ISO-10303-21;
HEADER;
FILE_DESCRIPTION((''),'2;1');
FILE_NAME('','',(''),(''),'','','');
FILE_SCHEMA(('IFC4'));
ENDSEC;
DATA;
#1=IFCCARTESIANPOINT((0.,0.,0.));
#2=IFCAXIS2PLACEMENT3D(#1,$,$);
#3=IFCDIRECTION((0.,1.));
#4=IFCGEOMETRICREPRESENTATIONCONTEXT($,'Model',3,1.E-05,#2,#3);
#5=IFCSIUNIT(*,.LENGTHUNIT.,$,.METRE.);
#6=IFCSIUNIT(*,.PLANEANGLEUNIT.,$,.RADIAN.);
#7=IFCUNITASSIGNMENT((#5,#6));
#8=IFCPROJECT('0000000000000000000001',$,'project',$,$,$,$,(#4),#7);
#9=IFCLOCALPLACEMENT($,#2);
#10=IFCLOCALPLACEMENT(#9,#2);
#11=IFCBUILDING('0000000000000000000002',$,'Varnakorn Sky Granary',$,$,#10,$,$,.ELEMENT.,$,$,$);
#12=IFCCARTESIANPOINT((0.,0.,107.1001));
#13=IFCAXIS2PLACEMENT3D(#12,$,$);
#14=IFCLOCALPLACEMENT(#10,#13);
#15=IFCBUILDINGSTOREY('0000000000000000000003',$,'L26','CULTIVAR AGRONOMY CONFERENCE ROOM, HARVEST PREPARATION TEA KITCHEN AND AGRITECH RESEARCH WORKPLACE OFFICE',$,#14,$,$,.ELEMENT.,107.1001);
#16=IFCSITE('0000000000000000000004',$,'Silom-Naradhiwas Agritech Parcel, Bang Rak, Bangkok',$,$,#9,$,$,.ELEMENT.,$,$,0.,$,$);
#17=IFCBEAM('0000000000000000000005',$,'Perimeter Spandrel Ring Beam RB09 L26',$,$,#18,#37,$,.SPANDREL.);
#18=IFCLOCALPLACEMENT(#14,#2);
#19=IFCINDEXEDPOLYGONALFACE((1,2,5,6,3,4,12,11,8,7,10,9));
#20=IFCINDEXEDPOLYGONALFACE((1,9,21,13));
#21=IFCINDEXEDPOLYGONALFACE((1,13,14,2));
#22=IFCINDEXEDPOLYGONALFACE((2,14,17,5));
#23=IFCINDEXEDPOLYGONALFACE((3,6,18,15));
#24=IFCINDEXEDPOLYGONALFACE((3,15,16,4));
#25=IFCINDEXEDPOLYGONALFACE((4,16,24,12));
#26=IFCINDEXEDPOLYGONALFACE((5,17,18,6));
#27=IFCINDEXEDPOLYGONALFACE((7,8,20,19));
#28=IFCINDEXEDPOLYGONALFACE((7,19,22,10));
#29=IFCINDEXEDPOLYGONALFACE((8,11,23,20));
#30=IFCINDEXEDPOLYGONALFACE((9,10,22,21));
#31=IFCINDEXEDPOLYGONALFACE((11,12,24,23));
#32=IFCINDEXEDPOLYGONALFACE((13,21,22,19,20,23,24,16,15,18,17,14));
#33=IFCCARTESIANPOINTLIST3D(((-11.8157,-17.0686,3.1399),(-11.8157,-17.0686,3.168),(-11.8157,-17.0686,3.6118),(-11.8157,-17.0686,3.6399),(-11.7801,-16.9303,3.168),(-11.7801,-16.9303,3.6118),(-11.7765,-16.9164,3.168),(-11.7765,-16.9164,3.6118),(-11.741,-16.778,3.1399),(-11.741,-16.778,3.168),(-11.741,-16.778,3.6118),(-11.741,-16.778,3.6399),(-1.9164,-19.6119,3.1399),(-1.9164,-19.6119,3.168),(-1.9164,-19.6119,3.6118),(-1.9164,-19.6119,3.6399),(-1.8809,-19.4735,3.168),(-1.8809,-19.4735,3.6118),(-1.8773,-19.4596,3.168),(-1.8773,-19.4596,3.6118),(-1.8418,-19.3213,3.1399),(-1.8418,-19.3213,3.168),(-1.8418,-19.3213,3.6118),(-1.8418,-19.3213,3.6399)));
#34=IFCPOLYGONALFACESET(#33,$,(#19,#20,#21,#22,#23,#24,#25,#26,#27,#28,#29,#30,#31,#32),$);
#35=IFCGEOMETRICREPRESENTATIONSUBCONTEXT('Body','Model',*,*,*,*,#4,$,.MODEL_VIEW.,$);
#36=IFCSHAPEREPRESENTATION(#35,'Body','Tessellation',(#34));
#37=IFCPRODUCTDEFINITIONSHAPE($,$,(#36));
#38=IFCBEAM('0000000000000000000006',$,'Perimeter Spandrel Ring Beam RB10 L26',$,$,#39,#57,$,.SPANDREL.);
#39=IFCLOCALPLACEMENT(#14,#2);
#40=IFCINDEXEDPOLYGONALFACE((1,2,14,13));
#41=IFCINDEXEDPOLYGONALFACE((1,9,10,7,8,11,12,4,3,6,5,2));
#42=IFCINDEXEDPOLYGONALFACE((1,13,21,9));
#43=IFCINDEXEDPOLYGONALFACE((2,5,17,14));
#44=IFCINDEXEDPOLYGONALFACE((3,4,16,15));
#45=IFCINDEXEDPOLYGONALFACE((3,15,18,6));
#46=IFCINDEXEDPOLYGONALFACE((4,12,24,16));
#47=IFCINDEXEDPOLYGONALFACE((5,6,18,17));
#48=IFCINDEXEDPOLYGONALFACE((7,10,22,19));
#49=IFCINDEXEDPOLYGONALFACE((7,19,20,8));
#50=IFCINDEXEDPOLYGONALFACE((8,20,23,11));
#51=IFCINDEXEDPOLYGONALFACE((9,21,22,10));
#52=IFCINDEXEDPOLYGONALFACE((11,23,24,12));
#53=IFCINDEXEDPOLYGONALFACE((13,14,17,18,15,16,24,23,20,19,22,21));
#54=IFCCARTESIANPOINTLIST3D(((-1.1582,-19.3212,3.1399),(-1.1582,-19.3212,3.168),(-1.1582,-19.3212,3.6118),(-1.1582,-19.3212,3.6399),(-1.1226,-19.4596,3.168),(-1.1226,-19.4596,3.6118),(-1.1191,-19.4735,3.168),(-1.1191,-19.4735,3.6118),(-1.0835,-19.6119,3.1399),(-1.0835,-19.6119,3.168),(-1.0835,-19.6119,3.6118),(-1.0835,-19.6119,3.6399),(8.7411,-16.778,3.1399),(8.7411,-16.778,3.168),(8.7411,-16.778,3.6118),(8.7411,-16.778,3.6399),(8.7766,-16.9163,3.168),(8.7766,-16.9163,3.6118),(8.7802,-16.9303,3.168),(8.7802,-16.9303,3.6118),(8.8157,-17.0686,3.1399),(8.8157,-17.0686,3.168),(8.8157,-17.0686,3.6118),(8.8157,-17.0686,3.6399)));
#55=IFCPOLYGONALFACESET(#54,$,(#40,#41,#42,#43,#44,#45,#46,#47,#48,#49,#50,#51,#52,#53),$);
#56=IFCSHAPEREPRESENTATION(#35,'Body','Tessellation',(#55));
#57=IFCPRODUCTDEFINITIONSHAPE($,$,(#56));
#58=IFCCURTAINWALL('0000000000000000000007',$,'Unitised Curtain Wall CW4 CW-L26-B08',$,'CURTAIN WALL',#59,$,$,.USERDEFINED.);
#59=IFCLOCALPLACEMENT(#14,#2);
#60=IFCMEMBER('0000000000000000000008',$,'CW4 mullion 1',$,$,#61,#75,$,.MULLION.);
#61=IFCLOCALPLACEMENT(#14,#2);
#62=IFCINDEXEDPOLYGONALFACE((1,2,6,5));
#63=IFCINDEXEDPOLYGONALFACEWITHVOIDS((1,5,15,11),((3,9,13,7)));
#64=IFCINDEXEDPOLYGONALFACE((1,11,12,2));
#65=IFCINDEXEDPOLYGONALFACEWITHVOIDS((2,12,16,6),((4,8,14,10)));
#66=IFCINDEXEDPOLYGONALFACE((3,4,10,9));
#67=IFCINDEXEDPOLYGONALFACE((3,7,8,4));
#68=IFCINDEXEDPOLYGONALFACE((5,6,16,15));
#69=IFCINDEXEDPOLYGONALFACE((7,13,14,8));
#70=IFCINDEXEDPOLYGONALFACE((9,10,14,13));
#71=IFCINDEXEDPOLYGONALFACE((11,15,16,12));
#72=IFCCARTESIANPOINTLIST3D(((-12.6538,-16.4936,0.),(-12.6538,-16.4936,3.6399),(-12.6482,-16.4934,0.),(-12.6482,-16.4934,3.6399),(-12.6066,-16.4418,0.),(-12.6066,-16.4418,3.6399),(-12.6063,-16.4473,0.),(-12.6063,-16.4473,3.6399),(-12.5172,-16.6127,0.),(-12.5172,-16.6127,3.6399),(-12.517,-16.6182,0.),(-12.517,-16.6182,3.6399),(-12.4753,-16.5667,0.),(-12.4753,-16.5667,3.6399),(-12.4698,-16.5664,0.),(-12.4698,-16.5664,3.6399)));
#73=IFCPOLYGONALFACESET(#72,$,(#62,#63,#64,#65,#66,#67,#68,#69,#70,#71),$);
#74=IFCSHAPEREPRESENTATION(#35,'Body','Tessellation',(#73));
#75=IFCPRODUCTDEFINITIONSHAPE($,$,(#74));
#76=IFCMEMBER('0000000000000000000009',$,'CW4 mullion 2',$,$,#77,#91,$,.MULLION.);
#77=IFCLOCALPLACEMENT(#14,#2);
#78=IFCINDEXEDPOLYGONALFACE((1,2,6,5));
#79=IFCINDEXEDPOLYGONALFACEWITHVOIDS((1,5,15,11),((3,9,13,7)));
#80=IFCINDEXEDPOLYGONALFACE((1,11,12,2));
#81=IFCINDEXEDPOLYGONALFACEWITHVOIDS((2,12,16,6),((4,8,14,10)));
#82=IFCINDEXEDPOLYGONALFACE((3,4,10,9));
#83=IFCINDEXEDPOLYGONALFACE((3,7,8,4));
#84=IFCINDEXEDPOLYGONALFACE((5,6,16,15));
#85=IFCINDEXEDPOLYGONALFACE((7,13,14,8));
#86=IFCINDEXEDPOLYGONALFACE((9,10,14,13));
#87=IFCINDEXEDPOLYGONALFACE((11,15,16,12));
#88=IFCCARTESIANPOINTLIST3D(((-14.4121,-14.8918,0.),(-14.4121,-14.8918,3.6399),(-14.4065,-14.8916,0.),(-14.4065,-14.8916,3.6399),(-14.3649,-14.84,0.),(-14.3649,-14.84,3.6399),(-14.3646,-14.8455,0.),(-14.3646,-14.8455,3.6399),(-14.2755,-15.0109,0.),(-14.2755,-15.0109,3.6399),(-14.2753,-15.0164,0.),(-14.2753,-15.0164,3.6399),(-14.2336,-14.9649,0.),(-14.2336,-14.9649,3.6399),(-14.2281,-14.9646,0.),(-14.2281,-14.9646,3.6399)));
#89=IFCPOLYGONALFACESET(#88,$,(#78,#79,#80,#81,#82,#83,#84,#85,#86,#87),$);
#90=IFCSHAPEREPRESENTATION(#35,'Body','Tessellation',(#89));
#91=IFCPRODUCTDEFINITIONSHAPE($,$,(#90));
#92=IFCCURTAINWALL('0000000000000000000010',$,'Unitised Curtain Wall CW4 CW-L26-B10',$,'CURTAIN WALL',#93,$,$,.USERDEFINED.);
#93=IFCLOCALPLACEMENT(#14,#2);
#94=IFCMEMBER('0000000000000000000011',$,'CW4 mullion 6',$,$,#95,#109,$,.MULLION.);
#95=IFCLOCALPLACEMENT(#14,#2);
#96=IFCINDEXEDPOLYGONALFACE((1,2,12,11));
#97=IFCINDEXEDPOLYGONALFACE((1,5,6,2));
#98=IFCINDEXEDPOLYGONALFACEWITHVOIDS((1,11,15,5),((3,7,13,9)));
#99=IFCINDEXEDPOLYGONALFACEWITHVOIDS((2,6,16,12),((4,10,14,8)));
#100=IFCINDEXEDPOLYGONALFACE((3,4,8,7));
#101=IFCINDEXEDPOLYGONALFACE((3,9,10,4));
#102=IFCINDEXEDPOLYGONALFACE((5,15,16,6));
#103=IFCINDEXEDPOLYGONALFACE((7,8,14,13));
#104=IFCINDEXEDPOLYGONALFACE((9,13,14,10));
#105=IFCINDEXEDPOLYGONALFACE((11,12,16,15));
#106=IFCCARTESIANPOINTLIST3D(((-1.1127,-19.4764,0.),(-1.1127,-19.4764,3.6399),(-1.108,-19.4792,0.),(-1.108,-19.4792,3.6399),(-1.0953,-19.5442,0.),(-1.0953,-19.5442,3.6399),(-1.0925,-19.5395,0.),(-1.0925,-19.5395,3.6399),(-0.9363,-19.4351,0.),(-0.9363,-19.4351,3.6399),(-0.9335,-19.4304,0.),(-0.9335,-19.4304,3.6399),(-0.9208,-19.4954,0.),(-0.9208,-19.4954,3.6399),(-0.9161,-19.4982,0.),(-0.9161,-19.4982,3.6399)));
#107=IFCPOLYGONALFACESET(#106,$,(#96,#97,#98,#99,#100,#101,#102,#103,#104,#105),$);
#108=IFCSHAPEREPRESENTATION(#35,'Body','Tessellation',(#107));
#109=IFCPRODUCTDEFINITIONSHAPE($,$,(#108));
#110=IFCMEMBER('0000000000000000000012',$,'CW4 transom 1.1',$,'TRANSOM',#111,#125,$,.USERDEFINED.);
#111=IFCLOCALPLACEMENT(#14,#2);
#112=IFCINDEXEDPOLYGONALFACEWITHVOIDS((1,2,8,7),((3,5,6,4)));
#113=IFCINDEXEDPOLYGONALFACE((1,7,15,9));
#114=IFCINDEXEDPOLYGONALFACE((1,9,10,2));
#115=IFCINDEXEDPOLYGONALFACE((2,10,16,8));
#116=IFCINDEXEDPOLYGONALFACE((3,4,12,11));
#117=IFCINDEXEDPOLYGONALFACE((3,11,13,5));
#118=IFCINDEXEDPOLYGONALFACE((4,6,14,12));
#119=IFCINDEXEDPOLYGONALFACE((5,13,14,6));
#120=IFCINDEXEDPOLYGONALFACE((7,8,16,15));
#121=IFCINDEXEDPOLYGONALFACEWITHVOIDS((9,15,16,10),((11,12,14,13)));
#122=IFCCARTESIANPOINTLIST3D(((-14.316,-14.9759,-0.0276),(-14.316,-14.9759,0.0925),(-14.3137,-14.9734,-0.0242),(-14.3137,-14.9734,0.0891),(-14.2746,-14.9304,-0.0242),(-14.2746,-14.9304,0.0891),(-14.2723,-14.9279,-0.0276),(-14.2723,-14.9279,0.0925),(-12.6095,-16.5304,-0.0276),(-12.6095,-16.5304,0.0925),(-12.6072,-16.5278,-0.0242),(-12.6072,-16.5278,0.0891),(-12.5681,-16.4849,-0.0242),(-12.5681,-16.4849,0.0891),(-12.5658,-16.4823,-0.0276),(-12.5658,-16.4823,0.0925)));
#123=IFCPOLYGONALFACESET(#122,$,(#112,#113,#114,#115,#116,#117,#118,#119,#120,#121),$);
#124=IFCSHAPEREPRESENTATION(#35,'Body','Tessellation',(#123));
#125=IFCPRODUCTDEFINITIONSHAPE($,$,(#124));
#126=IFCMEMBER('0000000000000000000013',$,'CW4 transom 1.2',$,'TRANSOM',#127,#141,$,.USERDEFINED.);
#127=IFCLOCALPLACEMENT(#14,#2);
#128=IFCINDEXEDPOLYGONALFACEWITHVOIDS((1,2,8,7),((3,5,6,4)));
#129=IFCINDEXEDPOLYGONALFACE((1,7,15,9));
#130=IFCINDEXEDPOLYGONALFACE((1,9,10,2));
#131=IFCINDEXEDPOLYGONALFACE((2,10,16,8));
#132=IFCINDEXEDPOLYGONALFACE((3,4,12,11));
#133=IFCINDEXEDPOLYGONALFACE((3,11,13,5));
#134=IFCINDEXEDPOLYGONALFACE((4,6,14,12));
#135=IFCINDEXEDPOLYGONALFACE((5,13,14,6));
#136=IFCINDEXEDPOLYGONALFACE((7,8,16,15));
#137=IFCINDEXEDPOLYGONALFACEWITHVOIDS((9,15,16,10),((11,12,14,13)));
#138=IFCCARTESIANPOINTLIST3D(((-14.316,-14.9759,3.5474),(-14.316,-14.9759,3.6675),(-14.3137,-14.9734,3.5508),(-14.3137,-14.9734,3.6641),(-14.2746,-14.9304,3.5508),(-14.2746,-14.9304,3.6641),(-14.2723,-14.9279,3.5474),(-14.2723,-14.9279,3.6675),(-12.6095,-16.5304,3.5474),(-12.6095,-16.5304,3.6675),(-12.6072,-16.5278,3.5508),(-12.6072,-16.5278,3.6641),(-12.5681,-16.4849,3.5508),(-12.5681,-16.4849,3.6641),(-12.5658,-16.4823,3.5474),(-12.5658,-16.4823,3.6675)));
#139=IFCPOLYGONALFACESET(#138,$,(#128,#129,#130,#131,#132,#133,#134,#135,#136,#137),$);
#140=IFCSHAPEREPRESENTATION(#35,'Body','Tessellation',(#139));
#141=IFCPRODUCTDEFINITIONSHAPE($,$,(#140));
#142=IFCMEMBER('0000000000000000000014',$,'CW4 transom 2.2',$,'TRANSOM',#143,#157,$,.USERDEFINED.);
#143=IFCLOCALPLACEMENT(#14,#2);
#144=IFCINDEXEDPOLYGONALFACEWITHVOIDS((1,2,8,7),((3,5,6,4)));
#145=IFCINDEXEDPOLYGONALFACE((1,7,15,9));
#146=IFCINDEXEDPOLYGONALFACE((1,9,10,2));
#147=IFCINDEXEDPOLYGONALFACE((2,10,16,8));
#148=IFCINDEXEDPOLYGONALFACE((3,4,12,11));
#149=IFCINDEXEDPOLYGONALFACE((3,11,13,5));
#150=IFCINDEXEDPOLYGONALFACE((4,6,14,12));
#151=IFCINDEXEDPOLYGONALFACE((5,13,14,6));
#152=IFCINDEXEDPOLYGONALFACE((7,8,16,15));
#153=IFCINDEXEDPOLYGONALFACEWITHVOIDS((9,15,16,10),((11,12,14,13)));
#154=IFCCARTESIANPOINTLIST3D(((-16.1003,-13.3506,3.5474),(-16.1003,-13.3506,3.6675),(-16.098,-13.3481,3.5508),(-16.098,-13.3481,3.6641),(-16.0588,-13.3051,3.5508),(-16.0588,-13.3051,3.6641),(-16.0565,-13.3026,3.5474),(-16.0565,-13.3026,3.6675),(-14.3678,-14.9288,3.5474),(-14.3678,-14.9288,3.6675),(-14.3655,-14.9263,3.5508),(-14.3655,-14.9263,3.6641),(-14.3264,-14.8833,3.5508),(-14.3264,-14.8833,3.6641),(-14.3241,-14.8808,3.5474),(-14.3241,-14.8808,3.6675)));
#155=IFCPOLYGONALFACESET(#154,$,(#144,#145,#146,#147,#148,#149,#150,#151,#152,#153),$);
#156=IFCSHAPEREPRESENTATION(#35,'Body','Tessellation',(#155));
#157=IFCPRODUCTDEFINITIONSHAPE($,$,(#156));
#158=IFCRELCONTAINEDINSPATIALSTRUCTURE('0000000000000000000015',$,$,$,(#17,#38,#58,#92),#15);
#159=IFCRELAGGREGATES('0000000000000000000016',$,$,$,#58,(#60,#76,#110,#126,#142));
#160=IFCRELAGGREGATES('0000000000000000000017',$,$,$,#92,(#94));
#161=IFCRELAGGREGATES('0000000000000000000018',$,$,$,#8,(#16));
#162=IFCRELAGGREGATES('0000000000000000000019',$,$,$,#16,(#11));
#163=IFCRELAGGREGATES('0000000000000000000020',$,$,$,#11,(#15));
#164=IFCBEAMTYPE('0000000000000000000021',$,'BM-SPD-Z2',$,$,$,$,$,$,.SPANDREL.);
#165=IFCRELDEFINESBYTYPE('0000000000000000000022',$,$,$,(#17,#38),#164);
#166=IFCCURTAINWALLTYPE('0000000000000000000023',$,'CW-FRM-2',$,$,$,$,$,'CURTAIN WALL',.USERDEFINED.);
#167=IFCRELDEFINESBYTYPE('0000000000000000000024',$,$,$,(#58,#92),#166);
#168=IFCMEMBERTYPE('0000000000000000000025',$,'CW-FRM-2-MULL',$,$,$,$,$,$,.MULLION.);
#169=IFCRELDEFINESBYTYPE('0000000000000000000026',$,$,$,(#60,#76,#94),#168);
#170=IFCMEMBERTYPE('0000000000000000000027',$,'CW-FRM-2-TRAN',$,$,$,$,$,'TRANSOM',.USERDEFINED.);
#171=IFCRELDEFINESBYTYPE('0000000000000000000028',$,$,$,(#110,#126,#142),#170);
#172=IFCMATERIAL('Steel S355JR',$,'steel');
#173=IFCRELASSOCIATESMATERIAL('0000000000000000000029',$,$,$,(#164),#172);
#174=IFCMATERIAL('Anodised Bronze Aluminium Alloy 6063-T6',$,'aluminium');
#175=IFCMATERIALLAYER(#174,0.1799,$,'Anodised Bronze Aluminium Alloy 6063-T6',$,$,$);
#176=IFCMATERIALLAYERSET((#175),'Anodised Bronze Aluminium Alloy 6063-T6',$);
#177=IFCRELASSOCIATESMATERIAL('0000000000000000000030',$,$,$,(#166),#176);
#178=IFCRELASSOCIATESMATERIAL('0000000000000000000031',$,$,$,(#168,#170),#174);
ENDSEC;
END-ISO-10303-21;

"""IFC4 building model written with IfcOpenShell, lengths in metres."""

from ifc_helpers import new_model, si_unit, direction, frame, origin, origin_2d, place, context, subcontext, project, spatial, hollow_rectangle, i_section, extrude, material, layer, layer_set, material_profile, profile_set, type_object, element, aggregate, save


model = new_model("IFC4")

# Units and contexts
model_context = context("Model", 3, precision=1e-05, world=origin(), true_north=direction((0.0, 1.0)))
body_context = subcontext(model_context, "Body", "Model", "MODEL_VIEW")
ifc_project = project(units=[si_unit("LENGTHUNIT", "METRE"), si_unit("PLANEANGLEUNIT", "RADIAN")], contexts=[model_context])

# Site, building, storey
site_placement = place(None, origin())
site = spatial("IfcSite", under=ifc_project, at=site_placement, Name="Silom-Naradhiwas Agritech Parcel, Bang Rak, Bangkok", CompositionType="ELEMENT", RefElevation=0.0)
building_placement = place(site_placement, origin())
building = spatial("IfcBuilding", under=site, at=building_placement, Name="Varnakorn Sky Granary", CompositionType="ELEMENT")
storey_placement = place(building_placement, frame((0.0, 0.0, 107.1001)))
storey = spatial("IfcBuildingStorey", under=building, at=storey_placement, Name="L26", Description="CULTIVAR AGRONOMY CONFERENCE ROOM, HARVEST PREPARATION TEA KITCHEN AND AGRITECH RESEARCH WORKPLACE OFFICE", CompositionType="ELEMENT", Elevation=107.1001)

# Beams
ifc_material_1 = material(Name="Steel S355JR", Category="steel")
ifc_material_profile_1 = material_profile(ifc_material_1, i_section(OverallWidth=0.3, OverallDepth=0.5, WebThickness=0.0144, FlangeThickness=0.0281, at=origin_2d()), Name="HE 500 B")
ifc_profile_set_1 = profile_set([ifc_material_profile_1], Name="Steel S355JR")
beam_type_1 = type_object("IfcBeamType", Name="BM-SPD-Z2", PredefinedType="SPANDREL", material=ifc_profile_set_1)
for number, where, z_axis, x_axis, name in (
    (1, (-11.7783, -16.9233, 3.3899), (0.968547, -0.248831, 0.0), (0.248831, 0.968547, 0.0), "Perimeter Spandrel Ring Beam RB09 L26"),
    (2, (-1.1208, -19.4666, 3.3899), (0.968547, 0.248831, 0.0), (-0.248831, 0.968547, 0.0), "Perimeter Spandrel Ring Beam RB10 L26"),
):
    element("IfcBeam", number, at=place(storey_placement, frame(where, z_axis=z_axis, x_axis=x_axis)), inside=storey, type_object=beam_type_1, Name=name, PredefinedType="SPANDREL", context=body_context, shape_type="SweptSolid", body=[
        extrude(i_section(OverallWidth=0.3, OverallDepth=0.5, WebThickness=0.0144, FlangeThickness=0.0281, at=origin_2d()), origin(), (0.0, 0.0, 1.0), 10.2207),
    ])

# Curtain wall, members
ifc_material_2 = material(Name="Anodised Bronze Aluminium Alloy 6063-T6", Category="aluminium")
ifc_layer_1 = layer(ifc_material_2, 0.1799, Name="Anodised Bronze Aluminium Alloy 6063-T6")
ifc_layer_set_1 = layer_set([ifc_layer_1], Name="Anodised Bronze Aluminium Alloy 6063-T6")
curtain_wall_type = type_object("IfcCurtainWallType", Name="CW-FRM-2", ElementType="CURTAIN WALL", PredefinedType="USERDEFINED", material=ifc_layer_set_1)
curtain_wall_1_placement = place(storey_placement, origin())
curtain_wall_1 = element("IfcCurtainWall", 3, at=curtain_wall_1_placement, inside=storey, type_object=curtain_wall_type, Name="Unitised Curtain Wall CW4 CW-L26-B08", ObjectType="CURTAIN WALL", PredefinedType="USERDEFINED")
ifc_material_profile_2 = material_profile(ifc_material_2, hollow_rectangle(XDim=0.0701, YDim=0.1851, WallThickness=0.0039, at=origin_2d()), Name="ALU MULL 70x185")
ifc_profile_set_2 = profile_set([ifc_material_profile_2], Name="Anodised Bronze Aluminium Alloy 6063-T6")
member_type_1 = type_object("IfcMemberType", Name="CW-FRM-2-MULL", PredefinedType="MULLION", material=ifc_profile_set_2)
member_1_placement = place(storey_placement, frame((-12.5618, -16.53, 0.0), z_axis=(0.0, 0.0, 1.0), x_axis=(-0.673414, -0.739265, 0.0)))
member_1 = element("IfcMember", 4, at=member_1_placement, type_object=member_type_1, Name="CW4 mullion 1", PredefinedType="MULLION", context=body_context, shape_type="SweptSolid", body=[
    extrude(hollow_rectangle(XDim=0.0701, YDim=0.1851, WallThickness=0.0039, at=origin_2d()), origin(), (0.0, 0.0, 1.0), 3.6399),
])
member_2_placement = place(storey_placement, frame((-14.3201, -14.9282, 0.0), z_axis=(0.0, 0.0, 1.0), x_axis=(-0.673414, -0.739265, 0.0)))
member_2 = element("IfcMember", 5, at=member_2_placement, type_object=member_type_1, Name="CW4 mullion 2", PredefinedType="MULLION", context=body_context, shape_type="SweptSolid", body=[
    extrude(hollow_rectangle(XDim=0.0701, YDim=0.1851, WallThickness=0.0039, at=origin_2d()), origin(), (0.0, 0.0, 1.0), 3.6399),
])

# Curtain wall, member
curtain_wall_2_placement = place(storey_placement, origin())
curtain_wall_2 = element("IfcCurtainWall", 6, at=curtain_wall_2_placement, inside=storey, type_object=curtain_wall_type, Name="Unitised Curtain Wall CW4 CW-L26-B10", ObjectType="CURTAIN WALL", PredefinedType="USERDEFINED")
member_3_placement = place(storey_placement, frame((-1.0144, -19.4873, 0.0), z_axis=(0.0, 0.0, 1.0), x_axis=(0.248636, -0.968597, 0.0)))
member_3 = element("IfcMember", 7, at=member_3_placement, type_object=member_type_1, Name="CW4 mullion 6", PredefinedType="MULLION", context=body_context, shape_type="SweptSolid", body=[
    extrude(hollow_rectangle(XDim=0.0701, YDim=0.1851, WallThickness=0.0039, at=origin_2d()), origin(), (0.0, 0.0, 1.0), 3.6399),
])

# Members
ifc_material_profile_3 = material_profile(ifc_material_2, hollow_rectangle(XDim=0.0649, YDim=0.1201, WallThickness=0.0034, at=origin_2d()), Name="ALU TRAN 65x120")
ifc_profile_set_3 = profile_set([ifc_material_profile_3], Name="Anodised Bronze Aluminium Alloy 6063-T6")
member_type_2 = type_object("IfcMemberType", Name="CW-FRM-2-TRAN", ElementType="TRANSOM", PredefinedType="USERDEFINED", material=ifc_profile_set_3)
member_4_placement = place(storey_placement, frame((-12.5876, -16.5063, 0.0325), z_axis=(-0.739284, 0.673394, 0.0), x_axis=(-0.673394, -0.739284, 0.0)))
member_4 = element("IfcMember", 8, at=member_4_placement, type_object=member_type_2, Name="CW4 transom 1.1", ObjectType="TRANSOM", PredefinedType="USERDEFINED", context=body_context, shape_type="SweptSolid", body=[
    extrude(hollow_rectangle(XDim=0.0649, YDim=0.1201, WallThickness=0.0034, at=origin_2d()), origin(), (0.0, 0.0, 1.0), 2.3083),
])
member_5_placement = place(storey_placement, frame((-12.5876, -16.5063, 3.6074), z_axis=(-0.739284, 0.673394, 0.0), x_axis=(-0.673394, -0.739284, 0.0)))
member_5 = element("IfcMember", 9, at=member_5_placement, type_object=member_type_2, Name="CW4 transom 1.2", ObjectType="TRANSOM", PredefinedType="USERDEFINED", context=body_context, shape_type="SweptSolid", body=[
    extrude(hollow_rectangle(XDim=0.0649, YDim=0.1201, WallThickness=0.0034, at=origin_2d()), origin(), (0.0, 0.0, 1.0), 2.3083),
])
member_6_placement = place(storey_placement, frame((-14.3459, -14.9048, 3.6074), z_axis=(-0.739261, 0.673419, 0.0), x_axis=(-0.673419, -0.739261, 0.0)))
member_6 = element("IfcMember", 10, at=member_6_placement, type_object=member_type_2, Name="CW4 transom 2.2", ObjectType="TRANSOM", PredefinedType="USERDEFINED", context=body_context, shape_type="SweptSolid", body=[
    extrude(hollow_rectangle(XDim=0.0649, YDim=0.1201, WallThickness=0.0034, at=origin_2d()), origin(), (0.0, 0.0, 1.0), 2.3435),
])

aggregate(curtain_wall_1, [member_1, member_2, member_4, member_5, member_6])
aggregate(curtain_wall_2, [member_3])

save(model, "model.ifc")
